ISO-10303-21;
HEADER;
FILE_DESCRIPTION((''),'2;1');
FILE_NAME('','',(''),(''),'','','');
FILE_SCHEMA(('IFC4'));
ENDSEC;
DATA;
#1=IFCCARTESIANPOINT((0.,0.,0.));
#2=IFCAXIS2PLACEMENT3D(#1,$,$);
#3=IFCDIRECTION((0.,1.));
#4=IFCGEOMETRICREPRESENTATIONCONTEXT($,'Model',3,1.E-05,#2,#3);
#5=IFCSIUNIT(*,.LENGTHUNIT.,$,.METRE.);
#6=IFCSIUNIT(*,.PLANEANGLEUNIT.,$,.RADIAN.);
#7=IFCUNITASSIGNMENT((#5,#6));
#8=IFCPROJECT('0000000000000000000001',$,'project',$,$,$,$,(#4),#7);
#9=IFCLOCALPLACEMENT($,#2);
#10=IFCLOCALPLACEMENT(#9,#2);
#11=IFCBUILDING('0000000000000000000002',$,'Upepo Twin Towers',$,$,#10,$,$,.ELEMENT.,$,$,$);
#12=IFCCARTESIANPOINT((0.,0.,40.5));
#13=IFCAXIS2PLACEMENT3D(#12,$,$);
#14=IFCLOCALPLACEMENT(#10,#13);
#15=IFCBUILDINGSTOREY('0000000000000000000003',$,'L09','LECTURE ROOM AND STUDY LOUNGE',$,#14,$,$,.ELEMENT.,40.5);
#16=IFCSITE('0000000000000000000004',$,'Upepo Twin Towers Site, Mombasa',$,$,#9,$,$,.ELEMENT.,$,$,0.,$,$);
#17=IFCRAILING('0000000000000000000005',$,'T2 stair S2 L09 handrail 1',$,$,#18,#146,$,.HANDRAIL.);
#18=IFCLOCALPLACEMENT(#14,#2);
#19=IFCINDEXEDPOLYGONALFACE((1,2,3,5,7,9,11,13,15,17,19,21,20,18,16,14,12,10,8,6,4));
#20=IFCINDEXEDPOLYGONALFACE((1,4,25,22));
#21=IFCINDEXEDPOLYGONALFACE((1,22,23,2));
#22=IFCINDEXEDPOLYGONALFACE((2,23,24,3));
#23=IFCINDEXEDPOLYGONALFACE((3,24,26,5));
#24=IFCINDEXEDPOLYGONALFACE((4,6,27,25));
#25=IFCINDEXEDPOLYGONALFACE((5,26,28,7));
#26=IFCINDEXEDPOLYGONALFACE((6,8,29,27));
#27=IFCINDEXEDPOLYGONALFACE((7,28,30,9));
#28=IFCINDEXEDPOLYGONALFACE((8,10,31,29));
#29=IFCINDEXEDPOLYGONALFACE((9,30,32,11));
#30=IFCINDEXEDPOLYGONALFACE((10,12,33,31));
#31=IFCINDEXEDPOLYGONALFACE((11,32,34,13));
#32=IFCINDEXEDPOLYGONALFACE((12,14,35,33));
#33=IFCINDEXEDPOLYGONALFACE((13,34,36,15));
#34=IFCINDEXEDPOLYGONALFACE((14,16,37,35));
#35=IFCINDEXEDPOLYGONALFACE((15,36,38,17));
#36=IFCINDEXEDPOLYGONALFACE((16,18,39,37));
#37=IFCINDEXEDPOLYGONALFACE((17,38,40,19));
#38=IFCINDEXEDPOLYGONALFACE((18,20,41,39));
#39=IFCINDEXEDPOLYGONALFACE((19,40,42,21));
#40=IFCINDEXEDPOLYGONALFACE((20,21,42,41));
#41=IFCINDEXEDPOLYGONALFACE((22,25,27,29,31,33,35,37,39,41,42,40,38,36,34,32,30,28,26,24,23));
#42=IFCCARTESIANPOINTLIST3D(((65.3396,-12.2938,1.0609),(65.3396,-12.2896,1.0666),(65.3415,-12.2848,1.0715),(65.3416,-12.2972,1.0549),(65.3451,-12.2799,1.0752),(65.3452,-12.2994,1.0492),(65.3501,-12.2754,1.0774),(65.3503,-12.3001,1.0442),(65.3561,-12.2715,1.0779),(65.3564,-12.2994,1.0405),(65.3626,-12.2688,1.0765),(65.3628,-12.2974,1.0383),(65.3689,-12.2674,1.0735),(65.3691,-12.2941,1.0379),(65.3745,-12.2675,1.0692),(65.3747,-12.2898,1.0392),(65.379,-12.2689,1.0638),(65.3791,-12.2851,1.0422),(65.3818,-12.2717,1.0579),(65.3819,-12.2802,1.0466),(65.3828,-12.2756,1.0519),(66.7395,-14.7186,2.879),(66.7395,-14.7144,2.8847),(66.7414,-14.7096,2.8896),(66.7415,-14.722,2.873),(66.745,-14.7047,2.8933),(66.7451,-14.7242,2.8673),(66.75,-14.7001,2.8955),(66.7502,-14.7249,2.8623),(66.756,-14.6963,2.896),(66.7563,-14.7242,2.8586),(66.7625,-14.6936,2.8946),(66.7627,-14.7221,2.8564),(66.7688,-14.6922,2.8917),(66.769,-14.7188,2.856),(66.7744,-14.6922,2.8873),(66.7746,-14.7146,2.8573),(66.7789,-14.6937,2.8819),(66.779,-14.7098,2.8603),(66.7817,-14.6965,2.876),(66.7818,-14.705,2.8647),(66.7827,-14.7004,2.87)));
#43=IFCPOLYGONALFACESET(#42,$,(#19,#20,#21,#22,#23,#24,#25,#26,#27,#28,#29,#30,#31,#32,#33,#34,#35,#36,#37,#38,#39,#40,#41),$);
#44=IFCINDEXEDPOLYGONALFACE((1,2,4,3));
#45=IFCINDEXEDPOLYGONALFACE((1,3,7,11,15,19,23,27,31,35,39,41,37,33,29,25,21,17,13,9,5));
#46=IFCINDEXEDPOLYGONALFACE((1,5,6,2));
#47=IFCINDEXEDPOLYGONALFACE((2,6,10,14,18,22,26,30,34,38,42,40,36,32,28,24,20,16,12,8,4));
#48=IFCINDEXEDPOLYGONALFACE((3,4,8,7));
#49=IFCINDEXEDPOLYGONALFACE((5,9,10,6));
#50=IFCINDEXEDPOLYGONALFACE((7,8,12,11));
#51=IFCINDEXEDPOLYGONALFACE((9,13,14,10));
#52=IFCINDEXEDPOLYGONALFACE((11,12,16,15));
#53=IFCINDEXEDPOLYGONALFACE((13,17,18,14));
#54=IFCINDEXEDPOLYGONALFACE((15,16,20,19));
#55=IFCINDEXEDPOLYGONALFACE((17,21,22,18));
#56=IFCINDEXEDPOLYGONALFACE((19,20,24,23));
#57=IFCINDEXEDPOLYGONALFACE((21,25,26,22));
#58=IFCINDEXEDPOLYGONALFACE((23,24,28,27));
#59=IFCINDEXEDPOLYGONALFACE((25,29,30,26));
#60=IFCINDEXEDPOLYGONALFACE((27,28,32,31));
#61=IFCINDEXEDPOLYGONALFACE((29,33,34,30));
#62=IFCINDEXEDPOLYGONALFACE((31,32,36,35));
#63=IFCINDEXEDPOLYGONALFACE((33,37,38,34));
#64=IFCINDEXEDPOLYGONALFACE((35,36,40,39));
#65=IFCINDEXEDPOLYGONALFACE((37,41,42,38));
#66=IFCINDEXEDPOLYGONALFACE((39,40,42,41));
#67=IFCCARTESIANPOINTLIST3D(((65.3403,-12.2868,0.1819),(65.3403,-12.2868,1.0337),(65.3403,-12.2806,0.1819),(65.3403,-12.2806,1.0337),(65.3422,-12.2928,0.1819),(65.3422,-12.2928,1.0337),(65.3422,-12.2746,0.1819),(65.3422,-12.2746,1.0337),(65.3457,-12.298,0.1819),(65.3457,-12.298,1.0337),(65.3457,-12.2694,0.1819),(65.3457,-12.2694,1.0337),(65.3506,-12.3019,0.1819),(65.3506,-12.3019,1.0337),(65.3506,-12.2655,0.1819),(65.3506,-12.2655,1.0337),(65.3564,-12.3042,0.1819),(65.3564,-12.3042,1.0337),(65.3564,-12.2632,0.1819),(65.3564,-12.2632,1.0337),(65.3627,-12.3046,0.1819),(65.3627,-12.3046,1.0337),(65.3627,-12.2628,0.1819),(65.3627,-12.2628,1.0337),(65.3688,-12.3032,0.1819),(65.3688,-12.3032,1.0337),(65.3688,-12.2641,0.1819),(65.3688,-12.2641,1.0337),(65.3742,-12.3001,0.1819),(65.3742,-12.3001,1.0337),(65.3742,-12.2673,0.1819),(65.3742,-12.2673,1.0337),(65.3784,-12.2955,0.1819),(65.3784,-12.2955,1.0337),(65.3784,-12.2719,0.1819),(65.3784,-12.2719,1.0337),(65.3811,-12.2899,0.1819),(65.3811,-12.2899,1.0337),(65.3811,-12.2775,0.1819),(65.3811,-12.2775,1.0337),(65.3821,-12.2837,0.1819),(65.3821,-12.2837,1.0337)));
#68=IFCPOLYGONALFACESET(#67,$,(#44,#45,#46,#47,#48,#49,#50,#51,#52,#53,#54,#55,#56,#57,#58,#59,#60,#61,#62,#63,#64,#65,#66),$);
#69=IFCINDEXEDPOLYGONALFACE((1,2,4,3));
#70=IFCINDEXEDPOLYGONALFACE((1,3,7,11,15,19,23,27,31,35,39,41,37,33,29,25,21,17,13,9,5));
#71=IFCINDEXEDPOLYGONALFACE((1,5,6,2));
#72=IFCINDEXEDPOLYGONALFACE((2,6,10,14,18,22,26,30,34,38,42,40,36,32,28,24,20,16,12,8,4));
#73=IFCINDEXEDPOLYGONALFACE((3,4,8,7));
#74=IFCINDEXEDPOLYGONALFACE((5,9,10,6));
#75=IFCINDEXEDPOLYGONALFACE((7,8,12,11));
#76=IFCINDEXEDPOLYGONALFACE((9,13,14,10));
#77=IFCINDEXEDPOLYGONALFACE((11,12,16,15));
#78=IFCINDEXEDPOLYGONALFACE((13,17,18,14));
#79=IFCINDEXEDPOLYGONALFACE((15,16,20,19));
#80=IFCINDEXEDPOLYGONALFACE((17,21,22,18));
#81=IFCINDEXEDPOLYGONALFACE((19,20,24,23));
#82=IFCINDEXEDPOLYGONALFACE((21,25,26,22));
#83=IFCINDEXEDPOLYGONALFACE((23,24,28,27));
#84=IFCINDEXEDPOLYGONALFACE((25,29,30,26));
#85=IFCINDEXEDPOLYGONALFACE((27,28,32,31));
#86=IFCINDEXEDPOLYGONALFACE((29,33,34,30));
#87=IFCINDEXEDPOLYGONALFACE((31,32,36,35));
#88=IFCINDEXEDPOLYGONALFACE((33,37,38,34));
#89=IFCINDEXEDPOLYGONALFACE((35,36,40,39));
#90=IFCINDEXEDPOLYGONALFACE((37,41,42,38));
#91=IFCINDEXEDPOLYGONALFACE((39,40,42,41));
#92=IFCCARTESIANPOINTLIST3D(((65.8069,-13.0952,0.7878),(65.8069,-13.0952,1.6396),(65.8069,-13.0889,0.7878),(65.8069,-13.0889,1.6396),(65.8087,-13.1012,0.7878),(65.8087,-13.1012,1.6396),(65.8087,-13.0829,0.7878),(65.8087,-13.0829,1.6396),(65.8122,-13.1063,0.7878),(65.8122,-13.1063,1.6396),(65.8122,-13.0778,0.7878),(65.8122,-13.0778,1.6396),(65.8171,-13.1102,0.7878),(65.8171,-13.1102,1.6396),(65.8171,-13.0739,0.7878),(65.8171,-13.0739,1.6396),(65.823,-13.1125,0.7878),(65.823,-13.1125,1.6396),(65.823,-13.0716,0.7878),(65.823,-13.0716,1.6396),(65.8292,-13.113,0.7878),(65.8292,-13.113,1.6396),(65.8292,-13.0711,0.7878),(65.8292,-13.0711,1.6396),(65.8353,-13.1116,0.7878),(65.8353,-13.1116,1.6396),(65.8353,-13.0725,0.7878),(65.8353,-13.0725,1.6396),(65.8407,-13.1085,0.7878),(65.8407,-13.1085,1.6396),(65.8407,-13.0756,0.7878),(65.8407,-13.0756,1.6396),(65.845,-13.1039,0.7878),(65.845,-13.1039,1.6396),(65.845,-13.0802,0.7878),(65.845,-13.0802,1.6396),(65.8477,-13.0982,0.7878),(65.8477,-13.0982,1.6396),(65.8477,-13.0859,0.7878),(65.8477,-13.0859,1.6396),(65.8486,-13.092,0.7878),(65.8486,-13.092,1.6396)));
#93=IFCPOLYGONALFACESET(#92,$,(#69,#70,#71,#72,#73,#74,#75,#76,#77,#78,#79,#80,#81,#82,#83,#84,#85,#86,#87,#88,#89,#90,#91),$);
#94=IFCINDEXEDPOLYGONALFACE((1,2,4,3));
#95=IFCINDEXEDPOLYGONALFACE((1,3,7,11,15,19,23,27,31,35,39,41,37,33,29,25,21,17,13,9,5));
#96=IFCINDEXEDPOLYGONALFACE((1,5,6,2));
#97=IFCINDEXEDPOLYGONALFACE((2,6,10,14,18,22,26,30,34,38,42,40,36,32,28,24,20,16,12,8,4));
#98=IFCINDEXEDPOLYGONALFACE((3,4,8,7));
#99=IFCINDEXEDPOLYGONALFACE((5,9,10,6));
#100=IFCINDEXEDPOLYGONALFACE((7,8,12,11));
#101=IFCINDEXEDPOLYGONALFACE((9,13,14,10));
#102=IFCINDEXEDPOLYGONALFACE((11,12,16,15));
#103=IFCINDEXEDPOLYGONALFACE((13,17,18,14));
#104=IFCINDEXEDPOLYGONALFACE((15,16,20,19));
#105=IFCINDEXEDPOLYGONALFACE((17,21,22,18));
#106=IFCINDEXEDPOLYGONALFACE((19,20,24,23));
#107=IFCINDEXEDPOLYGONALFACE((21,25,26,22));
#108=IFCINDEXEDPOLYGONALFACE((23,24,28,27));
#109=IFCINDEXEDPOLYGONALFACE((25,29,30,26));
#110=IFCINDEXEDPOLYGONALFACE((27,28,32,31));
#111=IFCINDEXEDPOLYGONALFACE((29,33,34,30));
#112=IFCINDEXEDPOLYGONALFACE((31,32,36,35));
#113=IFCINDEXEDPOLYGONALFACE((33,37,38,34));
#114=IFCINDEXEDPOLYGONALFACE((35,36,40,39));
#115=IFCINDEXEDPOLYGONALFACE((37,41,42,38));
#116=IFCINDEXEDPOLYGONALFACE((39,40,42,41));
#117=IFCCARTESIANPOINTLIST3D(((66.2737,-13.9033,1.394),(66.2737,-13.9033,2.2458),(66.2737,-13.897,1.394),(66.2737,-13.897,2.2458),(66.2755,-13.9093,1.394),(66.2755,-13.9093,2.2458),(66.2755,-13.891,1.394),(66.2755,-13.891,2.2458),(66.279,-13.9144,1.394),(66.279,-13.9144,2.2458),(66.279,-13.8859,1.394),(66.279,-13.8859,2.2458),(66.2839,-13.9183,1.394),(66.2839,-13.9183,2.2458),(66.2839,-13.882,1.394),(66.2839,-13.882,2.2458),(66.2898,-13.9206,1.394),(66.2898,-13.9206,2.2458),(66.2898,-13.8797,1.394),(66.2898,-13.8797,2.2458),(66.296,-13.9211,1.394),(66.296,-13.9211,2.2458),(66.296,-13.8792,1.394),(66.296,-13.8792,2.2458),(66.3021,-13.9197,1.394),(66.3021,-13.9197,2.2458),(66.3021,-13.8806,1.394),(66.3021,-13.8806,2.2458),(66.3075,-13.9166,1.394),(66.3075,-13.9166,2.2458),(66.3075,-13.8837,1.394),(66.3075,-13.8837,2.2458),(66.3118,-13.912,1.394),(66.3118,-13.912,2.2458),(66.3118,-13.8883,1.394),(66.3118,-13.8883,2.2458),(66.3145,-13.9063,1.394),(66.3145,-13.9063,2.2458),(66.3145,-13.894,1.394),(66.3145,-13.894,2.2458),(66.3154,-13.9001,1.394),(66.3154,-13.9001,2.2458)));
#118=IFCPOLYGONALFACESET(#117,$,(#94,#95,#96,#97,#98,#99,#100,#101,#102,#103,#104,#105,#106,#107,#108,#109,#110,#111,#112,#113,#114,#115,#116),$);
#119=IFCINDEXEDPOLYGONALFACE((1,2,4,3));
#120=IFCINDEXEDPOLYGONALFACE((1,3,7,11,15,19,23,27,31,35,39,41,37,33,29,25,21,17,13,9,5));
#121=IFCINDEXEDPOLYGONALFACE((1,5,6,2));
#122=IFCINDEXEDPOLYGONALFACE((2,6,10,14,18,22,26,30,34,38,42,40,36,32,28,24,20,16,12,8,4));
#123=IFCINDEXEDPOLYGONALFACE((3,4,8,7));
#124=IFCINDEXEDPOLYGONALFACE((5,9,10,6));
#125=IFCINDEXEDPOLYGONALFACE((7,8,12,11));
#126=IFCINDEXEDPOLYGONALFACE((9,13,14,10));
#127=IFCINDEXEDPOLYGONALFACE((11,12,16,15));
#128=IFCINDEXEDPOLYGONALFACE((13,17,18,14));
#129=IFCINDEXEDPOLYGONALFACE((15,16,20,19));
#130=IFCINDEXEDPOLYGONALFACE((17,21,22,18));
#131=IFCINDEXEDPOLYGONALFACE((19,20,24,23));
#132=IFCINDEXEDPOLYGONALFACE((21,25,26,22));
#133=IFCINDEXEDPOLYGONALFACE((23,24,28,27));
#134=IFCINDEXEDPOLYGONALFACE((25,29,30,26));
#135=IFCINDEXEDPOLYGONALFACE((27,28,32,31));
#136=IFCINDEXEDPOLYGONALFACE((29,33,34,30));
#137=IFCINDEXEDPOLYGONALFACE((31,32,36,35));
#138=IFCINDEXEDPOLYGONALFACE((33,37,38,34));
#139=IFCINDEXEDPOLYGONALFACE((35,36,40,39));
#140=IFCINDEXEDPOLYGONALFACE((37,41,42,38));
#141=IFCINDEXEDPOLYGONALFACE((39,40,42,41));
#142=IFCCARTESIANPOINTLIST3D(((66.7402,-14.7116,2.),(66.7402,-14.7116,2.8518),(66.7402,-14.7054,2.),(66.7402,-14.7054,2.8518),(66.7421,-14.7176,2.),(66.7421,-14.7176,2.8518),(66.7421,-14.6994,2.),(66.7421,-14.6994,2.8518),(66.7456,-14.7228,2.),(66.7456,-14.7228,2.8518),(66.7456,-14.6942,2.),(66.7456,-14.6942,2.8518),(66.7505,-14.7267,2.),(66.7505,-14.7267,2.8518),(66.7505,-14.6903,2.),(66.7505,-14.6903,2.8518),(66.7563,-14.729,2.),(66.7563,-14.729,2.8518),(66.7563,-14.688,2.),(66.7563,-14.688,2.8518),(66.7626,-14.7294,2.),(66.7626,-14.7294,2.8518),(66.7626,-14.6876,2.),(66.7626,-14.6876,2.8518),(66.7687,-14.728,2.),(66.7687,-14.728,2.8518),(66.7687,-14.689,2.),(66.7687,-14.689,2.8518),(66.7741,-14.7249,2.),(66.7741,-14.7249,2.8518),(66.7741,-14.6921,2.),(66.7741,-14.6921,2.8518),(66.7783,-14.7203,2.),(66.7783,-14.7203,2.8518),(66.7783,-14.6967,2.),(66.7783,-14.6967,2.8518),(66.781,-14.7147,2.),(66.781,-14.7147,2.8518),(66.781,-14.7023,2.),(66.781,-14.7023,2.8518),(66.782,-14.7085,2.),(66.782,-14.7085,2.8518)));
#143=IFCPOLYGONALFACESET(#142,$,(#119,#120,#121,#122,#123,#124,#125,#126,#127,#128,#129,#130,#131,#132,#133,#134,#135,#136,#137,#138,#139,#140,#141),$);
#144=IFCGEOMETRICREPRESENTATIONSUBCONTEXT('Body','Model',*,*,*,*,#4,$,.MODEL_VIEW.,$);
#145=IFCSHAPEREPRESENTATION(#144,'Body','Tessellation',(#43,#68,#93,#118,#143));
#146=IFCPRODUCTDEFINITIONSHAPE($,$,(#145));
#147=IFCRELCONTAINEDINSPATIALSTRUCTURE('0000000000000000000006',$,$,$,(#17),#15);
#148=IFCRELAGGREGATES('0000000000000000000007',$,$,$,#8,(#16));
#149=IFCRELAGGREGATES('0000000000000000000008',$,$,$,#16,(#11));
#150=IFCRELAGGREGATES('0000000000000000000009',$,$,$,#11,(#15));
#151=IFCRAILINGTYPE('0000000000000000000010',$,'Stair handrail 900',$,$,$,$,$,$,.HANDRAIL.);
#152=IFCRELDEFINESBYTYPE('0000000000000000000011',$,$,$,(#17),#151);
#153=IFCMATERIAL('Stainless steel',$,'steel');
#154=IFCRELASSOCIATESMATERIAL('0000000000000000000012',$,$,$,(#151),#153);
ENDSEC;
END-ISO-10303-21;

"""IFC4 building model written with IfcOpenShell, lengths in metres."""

from ifc_helpers import new_model, si_unit, direction, frame, origin, origin_2d, place, context, subcontext, project, spatial, circle, extrude, material, type_object, element, save


model = new_model("IFC4")

# Units and contexts
model_context = context("Model", 3, precision=1e-05, world=origin(), true_north=direction((0.0, 1.0)))
body_context = subcontext(model_context, "Body", "Model", "MODEL_VIEW")
ifc_project = project(units=[si_unit("LENGTHUNIT", "METRE"), si_unit("PLANEANGLEUNIT", "RADIAN")], contexts=[model_context])

# Site, building, storey
site_placement = place(None, origin())
site = spatial("IfcSite", under=ifc_project, at=site_placement, Name="Upepo Twin Towers Site, Mombasa", CompositionType="ELEMENT", RefElevation=0.0)
building_placement = place(site_placement, origin())
building = spatial("IfcBuilding", under=site, at=building_placement, Name="Upepo Twin Towers", CompositionType="ELEMENT")
storey_placement = place(building_placement, frame((0.0, 0.0, 40.5)))
storey = spatial("IfcBuildingStorey", under=building, at=storey_placement, Name="L09", Description="LECTURE ROOM AND STUDY LOUNGE", CompositionType="ELEMENT", Elevation=40.5)

# Railing
ifc_material_1 = material(Name="Stainless steel", Category="steel")
railing_type = type_object("IfcRailingType", Name="Stair handrail 900", PredefinedType="HANDRAIL", material=ifc_material_1)
railing_1_placement = place(storey_placement, frame((65.3611, -12.2837, 0.1819)))
element("IfcRailing", 1, at=railing_1_placement, inside=storey, type_object=railing_type, Name="T2 stair S2 L09 handrail 1", PredefinedType="HANDRAIL", context=body_context, shape_type="SweptSolid", body=[
    extrude(circle(Radius=0.0239, at=origin_2d()), frame((0.0, 0.0, 0.876), z_axis=(0.419333, -0.726336, 0.544606), x_axis=(0.866035, 0.499984, 0.0)), (0.0, 0.0, 1.0), 3.3384),
    extrude(circle(Radius=0.021, at=origin_2d()), origin(), (0.0, 0.0, 1.0), 0.8518),
    extrude(circle(Radius=0.021, at=origin_2d()), frame((0.4666, -0.8083, 0.606)), (0.0, 0.0, 1.0), 0.8518),
    extrude(circle(Radius=0.021, at=origin_2d()), frame((0.9333, -1.6165, 1.2122)), (0.0, 0.0, 1.0), 0.8518),
    extrude(circle(Radius=0.021, at=origin_2d()), frame((1.3999, -2.4248, 1.8181)), (0.0, 0.0, 1.0), 0.8518),
])

save(model, "model.ifc")
